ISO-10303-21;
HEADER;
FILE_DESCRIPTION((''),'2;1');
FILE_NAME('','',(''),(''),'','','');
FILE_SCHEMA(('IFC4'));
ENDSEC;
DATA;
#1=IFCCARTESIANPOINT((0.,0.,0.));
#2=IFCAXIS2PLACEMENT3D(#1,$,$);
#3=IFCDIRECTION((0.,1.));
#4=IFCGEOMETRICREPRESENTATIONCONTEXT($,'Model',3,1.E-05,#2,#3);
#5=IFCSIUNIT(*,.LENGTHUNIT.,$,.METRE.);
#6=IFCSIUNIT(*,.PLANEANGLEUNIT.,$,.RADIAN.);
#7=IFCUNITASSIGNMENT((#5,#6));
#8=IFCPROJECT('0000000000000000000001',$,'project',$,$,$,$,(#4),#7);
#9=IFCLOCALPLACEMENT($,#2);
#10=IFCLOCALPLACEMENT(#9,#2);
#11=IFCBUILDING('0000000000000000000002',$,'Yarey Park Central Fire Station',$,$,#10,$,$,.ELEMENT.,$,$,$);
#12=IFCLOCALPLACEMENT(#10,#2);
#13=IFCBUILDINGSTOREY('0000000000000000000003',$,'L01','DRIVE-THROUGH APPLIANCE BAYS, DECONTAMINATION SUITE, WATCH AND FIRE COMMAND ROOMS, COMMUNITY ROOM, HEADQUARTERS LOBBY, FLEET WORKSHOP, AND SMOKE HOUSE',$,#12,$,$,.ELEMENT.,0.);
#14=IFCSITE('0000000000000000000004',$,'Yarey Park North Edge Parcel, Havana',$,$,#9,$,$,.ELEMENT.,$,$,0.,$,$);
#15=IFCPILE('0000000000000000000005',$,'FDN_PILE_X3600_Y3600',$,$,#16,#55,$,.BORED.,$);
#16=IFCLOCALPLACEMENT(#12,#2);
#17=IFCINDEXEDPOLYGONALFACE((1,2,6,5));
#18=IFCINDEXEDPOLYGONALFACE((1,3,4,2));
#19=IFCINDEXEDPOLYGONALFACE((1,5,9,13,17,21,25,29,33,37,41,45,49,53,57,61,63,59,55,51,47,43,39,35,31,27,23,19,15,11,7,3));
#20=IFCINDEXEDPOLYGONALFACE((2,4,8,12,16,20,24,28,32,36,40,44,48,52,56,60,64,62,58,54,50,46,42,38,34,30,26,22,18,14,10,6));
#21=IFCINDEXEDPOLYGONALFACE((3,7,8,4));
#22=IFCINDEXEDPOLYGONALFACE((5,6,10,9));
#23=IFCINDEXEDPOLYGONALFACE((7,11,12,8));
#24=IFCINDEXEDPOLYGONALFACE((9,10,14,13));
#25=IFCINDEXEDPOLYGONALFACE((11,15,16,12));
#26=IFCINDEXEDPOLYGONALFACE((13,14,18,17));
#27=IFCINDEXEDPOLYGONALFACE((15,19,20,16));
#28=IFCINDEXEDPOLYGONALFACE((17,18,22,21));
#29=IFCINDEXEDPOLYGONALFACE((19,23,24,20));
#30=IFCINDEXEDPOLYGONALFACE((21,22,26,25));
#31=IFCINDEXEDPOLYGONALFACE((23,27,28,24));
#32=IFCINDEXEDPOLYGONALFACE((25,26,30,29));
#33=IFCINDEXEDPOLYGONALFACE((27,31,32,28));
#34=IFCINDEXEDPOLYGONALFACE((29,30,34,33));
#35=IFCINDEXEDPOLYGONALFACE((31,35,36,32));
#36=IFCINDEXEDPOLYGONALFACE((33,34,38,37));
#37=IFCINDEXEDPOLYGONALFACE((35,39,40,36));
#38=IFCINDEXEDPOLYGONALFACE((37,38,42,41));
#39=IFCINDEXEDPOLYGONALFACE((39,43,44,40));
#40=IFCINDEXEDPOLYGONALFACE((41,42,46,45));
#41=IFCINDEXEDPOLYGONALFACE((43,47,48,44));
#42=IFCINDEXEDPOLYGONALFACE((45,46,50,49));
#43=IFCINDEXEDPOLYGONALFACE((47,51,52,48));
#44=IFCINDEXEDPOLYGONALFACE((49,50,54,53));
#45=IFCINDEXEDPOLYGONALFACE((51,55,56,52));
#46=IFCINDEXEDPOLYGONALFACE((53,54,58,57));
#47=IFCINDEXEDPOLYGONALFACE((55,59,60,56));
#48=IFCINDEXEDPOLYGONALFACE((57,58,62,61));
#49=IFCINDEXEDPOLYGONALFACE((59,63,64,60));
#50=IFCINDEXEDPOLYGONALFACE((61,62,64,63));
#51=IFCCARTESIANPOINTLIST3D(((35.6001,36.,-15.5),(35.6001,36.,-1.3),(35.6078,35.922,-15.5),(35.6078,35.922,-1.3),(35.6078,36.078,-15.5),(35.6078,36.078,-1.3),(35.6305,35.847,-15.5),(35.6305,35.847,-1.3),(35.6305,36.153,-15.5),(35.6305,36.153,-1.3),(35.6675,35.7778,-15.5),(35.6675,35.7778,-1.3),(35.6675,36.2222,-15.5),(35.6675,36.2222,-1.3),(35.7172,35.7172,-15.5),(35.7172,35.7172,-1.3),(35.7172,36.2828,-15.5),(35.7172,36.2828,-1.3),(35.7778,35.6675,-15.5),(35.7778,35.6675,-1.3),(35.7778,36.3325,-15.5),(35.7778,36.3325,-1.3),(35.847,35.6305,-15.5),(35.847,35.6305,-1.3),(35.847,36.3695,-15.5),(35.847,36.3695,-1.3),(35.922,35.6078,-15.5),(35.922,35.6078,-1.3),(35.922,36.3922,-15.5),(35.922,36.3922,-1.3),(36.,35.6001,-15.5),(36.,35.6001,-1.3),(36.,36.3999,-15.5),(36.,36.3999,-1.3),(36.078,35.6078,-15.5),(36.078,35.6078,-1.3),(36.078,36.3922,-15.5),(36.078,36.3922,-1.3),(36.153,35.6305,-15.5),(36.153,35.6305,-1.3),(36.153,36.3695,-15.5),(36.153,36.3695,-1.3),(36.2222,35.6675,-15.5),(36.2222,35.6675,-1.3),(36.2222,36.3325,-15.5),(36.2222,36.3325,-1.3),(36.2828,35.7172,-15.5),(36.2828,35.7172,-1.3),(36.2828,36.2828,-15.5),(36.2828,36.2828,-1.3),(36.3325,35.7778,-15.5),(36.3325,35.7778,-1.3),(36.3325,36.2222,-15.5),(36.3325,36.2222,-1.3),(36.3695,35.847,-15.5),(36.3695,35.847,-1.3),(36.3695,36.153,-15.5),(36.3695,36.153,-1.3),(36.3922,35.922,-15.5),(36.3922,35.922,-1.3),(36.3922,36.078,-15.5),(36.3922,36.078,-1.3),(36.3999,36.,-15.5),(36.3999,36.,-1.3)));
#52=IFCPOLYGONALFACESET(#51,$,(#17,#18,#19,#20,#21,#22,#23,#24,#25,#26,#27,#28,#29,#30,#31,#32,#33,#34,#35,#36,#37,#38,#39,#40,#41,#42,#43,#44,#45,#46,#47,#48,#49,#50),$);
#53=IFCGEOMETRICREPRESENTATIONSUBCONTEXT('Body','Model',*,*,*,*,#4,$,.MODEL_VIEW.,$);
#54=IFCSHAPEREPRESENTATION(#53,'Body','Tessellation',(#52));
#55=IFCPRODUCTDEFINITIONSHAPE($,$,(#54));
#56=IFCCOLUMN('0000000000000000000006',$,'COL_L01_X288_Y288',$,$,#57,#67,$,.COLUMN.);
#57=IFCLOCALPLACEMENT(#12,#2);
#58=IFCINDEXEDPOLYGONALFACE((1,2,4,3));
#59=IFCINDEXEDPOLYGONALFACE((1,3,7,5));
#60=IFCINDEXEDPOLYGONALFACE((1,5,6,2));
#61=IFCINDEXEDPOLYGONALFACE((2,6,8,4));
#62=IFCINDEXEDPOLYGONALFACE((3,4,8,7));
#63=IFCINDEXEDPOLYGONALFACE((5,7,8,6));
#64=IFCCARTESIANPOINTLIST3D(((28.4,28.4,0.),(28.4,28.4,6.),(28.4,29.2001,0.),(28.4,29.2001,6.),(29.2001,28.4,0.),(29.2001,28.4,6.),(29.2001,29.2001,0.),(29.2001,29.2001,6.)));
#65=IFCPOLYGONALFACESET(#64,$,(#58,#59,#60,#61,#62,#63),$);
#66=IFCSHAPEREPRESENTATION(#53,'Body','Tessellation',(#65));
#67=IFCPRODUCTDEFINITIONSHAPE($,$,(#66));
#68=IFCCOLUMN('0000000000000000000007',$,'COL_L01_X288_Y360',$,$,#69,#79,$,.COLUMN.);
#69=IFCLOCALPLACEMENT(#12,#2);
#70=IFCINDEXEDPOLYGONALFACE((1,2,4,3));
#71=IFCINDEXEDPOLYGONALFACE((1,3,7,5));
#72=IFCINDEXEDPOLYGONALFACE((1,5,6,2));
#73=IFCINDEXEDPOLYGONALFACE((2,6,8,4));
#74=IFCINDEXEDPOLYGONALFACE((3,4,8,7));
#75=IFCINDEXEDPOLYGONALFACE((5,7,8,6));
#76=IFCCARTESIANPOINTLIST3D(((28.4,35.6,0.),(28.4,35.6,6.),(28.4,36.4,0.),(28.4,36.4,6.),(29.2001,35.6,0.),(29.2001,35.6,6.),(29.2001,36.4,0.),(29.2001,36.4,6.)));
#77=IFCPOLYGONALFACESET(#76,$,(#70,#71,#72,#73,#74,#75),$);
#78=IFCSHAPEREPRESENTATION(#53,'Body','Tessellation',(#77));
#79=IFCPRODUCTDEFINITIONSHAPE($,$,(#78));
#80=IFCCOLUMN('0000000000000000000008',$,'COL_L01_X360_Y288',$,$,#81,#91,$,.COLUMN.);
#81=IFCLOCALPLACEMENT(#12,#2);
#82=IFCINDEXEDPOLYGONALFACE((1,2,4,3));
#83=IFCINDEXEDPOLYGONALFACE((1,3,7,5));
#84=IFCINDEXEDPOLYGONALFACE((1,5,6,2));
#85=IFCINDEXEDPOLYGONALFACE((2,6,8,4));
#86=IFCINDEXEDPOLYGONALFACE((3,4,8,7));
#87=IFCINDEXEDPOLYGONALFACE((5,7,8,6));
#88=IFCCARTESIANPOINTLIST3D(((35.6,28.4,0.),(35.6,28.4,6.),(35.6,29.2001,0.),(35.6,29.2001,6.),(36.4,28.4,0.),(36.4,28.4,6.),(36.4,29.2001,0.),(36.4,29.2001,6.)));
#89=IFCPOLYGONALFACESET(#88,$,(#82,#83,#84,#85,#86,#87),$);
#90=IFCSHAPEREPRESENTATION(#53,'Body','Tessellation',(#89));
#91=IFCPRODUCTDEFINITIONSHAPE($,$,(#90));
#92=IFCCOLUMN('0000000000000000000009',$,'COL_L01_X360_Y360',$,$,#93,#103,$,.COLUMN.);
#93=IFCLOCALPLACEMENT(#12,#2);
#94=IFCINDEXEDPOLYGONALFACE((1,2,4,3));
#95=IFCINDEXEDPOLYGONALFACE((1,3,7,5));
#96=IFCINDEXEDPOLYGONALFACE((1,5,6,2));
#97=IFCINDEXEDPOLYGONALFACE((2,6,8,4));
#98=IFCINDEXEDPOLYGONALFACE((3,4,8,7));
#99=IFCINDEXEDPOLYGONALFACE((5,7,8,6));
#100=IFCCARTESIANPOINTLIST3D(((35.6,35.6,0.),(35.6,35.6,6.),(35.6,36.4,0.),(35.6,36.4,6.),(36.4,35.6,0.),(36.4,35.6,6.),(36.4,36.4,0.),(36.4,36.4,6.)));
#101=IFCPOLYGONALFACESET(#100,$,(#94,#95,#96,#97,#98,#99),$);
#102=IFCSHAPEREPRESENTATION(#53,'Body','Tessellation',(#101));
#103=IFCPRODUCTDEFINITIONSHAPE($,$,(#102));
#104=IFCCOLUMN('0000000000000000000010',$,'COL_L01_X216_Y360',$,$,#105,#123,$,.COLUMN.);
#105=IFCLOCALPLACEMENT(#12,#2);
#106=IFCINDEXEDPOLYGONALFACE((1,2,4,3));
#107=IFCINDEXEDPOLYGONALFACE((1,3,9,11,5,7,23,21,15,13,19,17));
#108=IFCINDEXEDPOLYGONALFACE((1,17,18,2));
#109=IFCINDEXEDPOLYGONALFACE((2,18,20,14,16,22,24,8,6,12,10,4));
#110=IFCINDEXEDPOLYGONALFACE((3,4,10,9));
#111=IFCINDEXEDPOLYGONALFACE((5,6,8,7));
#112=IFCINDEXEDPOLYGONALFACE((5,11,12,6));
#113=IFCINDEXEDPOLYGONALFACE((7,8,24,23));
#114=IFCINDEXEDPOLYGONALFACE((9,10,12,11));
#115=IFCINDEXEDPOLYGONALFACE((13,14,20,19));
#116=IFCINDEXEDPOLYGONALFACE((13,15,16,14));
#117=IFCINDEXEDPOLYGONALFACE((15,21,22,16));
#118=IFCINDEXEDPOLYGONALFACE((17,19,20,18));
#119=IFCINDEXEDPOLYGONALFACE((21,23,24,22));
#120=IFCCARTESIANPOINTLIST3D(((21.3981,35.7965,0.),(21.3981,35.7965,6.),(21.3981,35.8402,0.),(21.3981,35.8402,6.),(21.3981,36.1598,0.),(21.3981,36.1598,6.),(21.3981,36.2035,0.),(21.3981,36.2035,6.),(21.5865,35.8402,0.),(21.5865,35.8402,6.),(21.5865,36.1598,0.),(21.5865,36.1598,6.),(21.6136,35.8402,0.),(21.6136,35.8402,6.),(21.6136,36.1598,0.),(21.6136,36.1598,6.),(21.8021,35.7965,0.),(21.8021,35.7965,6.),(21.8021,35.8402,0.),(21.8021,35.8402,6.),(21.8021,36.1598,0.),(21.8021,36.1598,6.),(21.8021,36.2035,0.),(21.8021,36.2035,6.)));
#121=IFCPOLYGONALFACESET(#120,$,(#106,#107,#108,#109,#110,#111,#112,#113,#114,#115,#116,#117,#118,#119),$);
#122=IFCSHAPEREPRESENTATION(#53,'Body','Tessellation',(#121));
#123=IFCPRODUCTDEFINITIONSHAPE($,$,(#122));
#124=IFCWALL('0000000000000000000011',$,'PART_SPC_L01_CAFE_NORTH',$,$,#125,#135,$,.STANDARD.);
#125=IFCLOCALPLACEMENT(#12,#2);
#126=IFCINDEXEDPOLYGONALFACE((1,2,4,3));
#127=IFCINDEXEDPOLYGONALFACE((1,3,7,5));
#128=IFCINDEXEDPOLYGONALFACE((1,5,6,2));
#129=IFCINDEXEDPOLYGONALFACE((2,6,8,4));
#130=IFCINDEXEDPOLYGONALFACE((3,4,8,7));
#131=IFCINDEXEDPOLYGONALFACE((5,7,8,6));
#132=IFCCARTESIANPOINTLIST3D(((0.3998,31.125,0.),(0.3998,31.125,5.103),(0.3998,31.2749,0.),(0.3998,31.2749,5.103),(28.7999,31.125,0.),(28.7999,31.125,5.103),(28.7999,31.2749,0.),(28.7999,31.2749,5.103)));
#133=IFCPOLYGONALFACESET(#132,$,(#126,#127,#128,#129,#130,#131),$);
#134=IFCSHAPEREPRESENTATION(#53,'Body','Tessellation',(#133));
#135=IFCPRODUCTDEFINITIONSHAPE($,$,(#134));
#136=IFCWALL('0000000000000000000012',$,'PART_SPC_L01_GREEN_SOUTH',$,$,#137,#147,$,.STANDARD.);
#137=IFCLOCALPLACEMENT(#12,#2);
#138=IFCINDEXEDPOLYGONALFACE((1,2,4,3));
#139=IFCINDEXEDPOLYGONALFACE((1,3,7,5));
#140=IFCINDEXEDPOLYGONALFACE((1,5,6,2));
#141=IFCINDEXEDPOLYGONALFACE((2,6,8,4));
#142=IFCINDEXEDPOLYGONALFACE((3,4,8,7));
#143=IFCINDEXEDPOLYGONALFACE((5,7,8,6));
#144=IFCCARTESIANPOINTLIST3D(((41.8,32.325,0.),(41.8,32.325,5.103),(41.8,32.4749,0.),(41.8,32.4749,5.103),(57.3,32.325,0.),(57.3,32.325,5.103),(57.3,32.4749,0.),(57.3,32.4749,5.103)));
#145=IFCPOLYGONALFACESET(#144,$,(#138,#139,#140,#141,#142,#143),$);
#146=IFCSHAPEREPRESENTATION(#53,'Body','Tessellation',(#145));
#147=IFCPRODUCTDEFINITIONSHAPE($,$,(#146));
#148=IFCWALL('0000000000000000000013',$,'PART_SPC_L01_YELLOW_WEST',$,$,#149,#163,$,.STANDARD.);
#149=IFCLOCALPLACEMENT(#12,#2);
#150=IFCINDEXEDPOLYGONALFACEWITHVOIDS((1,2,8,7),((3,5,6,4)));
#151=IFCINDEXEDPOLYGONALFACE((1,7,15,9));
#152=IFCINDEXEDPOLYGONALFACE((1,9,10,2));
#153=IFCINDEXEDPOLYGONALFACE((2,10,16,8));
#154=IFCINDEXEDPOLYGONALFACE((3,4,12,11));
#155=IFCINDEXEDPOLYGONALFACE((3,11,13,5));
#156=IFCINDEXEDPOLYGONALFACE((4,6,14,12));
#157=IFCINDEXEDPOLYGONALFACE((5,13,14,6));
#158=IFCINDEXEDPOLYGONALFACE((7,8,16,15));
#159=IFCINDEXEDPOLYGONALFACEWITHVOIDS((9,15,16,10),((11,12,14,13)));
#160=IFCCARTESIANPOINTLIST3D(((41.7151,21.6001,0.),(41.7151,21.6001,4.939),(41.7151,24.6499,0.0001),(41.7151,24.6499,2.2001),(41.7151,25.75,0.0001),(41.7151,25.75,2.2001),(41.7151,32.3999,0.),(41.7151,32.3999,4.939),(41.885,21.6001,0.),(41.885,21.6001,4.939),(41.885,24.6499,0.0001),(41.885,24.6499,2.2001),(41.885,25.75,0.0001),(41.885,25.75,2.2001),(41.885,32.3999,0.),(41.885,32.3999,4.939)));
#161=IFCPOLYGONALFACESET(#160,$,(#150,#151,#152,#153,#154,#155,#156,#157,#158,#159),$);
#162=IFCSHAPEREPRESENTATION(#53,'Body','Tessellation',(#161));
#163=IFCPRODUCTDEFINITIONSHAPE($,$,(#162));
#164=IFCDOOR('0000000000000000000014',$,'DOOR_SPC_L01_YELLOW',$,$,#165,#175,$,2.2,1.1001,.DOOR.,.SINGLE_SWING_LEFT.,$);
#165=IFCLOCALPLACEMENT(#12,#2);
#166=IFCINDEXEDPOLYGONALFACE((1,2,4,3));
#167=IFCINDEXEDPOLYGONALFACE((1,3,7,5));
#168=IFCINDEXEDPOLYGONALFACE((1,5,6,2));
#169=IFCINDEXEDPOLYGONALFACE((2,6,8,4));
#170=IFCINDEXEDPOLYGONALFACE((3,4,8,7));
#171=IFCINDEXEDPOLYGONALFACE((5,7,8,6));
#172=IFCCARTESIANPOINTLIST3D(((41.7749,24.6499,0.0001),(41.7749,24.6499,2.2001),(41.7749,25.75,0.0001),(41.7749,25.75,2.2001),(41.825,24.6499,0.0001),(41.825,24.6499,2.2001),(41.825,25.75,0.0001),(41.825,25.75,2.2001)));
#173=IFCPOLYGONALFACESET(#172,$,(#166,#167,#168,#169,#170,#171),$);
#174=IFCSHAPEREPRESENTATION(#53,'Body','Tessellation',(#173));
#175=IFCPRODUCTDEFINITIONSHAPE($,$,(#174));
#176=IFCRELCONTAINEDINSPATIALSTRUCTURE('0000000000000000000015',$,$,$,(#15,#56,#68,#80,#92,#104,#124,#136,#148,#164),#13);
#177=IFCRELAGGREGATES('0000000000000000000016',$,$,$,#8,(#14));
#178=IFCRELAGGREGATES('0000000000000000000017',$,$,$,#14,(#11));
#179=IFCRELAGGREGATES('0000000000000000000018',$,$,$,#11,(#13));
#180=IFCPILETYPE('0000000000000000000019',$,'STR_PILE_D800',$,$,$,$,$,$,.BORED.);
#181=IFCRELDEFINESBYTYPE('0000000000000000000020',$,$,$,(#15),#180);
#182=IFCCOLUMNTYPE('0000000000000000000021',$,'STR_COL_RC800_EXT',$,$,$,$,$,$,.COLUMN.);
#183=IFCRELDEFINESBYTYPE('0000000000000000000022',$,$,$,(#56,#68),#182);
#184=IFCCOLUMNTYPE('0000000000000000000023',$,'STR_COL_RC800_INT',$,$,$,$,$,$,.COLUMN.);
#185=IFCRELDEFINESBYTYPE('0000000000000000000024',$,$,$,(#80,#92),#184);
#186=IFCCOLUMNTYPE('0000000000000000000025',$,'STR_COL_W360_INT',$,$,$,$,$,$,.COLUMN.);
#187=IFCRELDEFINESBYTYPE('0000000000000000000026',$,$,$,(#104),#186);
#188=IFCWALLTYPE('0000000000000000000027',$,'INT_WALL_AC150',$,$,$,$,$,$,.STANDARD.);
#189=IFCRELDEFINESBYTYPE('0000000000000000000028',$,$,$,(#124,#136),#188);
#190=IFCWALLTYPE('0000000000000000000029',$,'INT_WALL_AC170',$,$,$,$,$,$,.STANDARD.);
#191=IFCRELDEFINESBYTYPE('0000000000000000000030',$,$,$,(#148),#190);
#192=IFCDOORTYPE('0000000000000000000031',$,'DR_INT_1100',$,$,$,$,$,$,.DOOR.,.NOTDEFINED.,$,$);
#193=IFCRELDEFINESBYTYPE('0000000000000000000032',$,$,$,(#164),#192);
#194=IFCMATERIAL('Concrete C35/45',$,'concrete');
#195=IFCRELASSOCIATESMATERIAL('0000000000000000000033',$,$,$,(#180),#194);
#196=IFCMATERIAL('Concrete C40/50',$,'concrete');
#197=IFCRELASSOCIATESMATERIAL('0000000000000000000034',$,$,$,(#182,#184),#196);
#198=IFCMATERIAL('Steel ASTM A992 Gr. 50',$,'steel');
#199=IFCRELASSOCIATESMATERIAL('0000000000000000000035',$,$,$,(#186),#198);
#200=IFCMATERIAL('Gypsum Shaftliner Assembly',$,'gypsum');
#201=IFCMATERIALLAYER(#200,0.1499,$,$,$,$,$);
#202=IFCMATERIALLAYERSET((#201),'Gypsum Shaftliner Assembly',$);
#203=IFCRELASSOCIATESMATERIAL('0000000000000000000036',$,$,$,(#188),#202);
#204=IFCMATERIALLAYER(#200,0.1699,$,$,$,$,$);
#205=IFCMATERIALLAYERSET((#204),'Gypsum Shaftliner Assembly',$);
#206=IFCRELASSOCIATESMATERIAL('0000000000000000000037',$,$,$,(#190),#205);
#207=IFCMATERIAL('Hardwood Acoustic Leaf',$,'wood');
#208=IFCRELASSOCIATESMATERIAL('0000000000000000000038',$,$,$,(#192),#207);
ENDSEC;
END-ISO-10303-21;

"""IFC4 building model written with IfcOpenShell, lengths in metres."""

from ifc_helpers import new_model, si_unit, direction, frame, frame_2d, origin, origin_2d, place, context, subcontext, project, spatial, rectangle, circle, i_section, extrude, material, layer, layer_set, material_profile, profile_set, type_object, element, fill, save


model = new_model("IFC4")

# Units and contexts
model_context = context("Model", 3, precision=1e-05, world=origin(), true_north=direction((0.0, 1.0)))
body_context = subcontext(model_context, "Body", "Model", "MODEL_VIEW")
ifc_project = project(units=[si_unit("LENGTHUNIT", "METRE"), si_unit("PLANEANGLEUNIT", "RADIAN")], contexts=[model_context])

# Site, building, storey
site_placement = place(None, origin())
site = spatial("IfcSite", under=ifc_project, at=site_placement, Name="Yarey Park North Edge Parcel, Havana", CompositionType="ELEMENT", RefElevation=0.0)
building_placement = place(site_placement, origin())
building = spatial("IfcBuilding", under=site, at=building_placement, Name="Yarey Park Central Fire Station", CompositionType="ELEMENT")
storey_placement = place(building_placement, origin())
storey = spatial("IfcBuildingStorey", under=building, at=storey_placement, Name="L01", Description="DRIVE-THROUGH APPLIANCE BAYS, DECONTAMINATION SUITE, WATCH AND FIRE COMMAND ROOMS, COMMUNITY ROOM, HEADQUARTERS LOBBY, FLEET WORKSHOP, AND SMOKE HOUSE", CompositionType="ELEMENT", Elevation=0.0)

# Shared definitions
ifc_material_1 = material(Name="Concrete C35/45", Category="concrete")

# Pile
ifc_material_profile_1 = material_profile(ifc_material_1, circle(Radius=0.3999, at=origin_2d()), Name="BORED PILE D800")
ifc_profile_set_1 = profile_set([ifc_material_profile_1], Name="Concrete C35/45")
pile_type = type_object("IfcPileType", Name="STR_PILE_D800", PredefinedType="BORED", material=ifc_profile_set_1)
for number, where, z_axis, x_axis, name in (
    (1, (36.0, 36.0, -1.3), (0.0, 0.0, -1.0), (1.0, 0.0, 0.0), "FDN_PILE_X3600_Y3600"),
):
    element("IfcPile", number, at=place(storey_placement, frame(where, z_axis=z_axis, x_axis=x_axis)), inside=storey, type_object=pile_type, Name=name, PredefinedType="BORED", context=body_context, shape_type="SweptSolid", body=[
        extrude(circle(Radius=0.3999, at=origin_2d()), origin(), (0.0, 0.0, 1.0), 14.2),
    ])

# Columns
ifc_material_2 = material(Name="Concrete C40/50", Category="concrete")
ifc_material_profile_2 = material_profile(ifc_material_2, rectangle(XDim=0.8, YDim=0.8, at=origin_2d()), Name="RC 800x800")
ifc_profile_set_2 = profile_set([ifc_material_profile_2], Name="Concrete C40/50")
column_type_1 = type_object("IfcColumnType", Name="STR_COL_RC800_EXT", PredefinedType="COLUMN", material=ifc_profile_set_2)
for number, where, z_axis, x_axis, name in (
    (2, (28.8, 28.8, 0.0), (0.0, 0.0, 1.0), (1.0, 0.0, 0.0), "COL_L01_X288_Y288"),
    (3, (28.8, 36.0, 0.0), (0.0, 0.0, 1.0), (1.0, 0.0, 0.0), "COL_L01_X288_Y360"),
):
    element("IfcColumn", number, at=place(storey_placement, frame(where, z_axis=z_axis, x_axis=x_axis)), inside=storey, type_object=column_type_1, Name=name, PredefinedType="COLUMN", context=body_context, shape_type="SweptSolid", body=[
        extrude(rectangle(XDim=0.8, YDim=0.8, at=origin_2d()), origin(), (0.0, 0.0, 1.0), 6.0),
    ])
ifc_material_profile_3 = material_profile(ifc_material_2, rectangle(XDim=0.8, YDim=0.8, at=origin_2d()), Name="RC 800x800")
ifc_profile_set_3 = profile_set([ifc_material_profile_3], Name="Concrete C40/50")
column_type_2 = type_object("IfcColumnType", Name="STR_COL_RC800_INT", PredefinedType="COLUMN", material=ifc_profile_set_3)
for number, where, z_axis, x_axis, name in (
    (4, (36.0, 28.8, 0.0), (0.0, 0.0, 1.0), (1.0, 0.0, 0.0), "COL_L01_X360_Y288"),
    (5, (36.0, 36.0, 0.0), (0.0, 0.0, 1.0), (1.0, 0.0, 0.0), "COL_L01_X360_Y360"),
):
    element("IfcColumn", number, at=place(storey_placement, frame(where, z_axis=z_axis, x_axis=x_axis)), inside=storey, type_object=column_type_2, Name=name, PredefinedType="COLUMN", context=body_context, shape_type="SweptSolid", body=[
        extrude(rectangle(XDim=0.8, YDim=0.8, at=origin_2d()), origin(), (0.0, 0.0, 1.0), 6.0),
    ])
ifc_material_3 = material(Name="Steel ASTM A992 Gr. 50", Category="steel")
ifc_material_profile_4 = material_profile(ifc_material_3, i_section(OverallWidth=0.4041, OverallDepth=0.407, WebThickness=0.0271, FlangeThickness=0.0437, at=origin_2d()), Name="W360x347")
ifc_profile_set_4 = profile_set([ifc_material_profile_4], Name="Steel ASTM A992 Gr. 50")
column_type_3 = type_object("IfcColumnType", Name="STR_COL_W360_INT", PredefinedType="COLUMN", material=ifc_profile_set_4)
column_placement = place(storey_placement, frame((21.6001, 36.0, 0.0), z_axis=(0.0, 0.0, 1.0), x_axis=(1.0, 0.0, 0.0)))
element("IfcColumn", 6, at=column_placement, inside=storey, type_object=column_type_3, Name="COL_L01_X216_Y360", PredefinedType="COLUMN", context=body_context, shape_type="SweptSolid", body=[
    extrude(i_section(OverallWidth=0.4041, OverallDepth=0.407, WebThickness=0.0271, FlangeThickness=0.0437, at=origin_2d()), origin(), (0.0, 0.0, 1.0), 6.0),
])

# Walls
ifc_material_4 = material(Name="Gypsum Shaftliner Assembly", Category="gypsum")
ifc_layer_1 = layer(ifc_material_4, 0.1499)
ifc_layer_set_1 = layer_set([ifc_layer_1], Name="Gypsum Shaftliner Assembly")
wall_type_1 = type_object("IfcWallType", Name="INT_WALL_AC150", PredefinedType="STANDARD", material=ifc_layer_set_1)
wall_1_placement = place(storey_placement, frame((28.8, 31.2, 0.0), z_axis=(0.0, 0.0, 1.0), x_axis=(-1.0, 0.0, 0.0)))
element("IfcWall", 7, at=wall_1_placement, inside=storey, type_object=wall_type_1, Name="PART_SPC_L01_CAFE_NORTH", PredefinedType="STANDARD", context=body_context, shape_type="SweptSolid", body=[
    extrude(rectangle(XDim=28.4001, YDim=0.1499, at=frame_2d((14.2002, 0.0))), origin(), (0.0, 0.0, 1.0), 5.103),
])
wall_2_placement = place(storey_placement, frame((41.8, 32.3999, 0.0), z_axis=(0.0, 0.0, 1.0), x_axis=(1.0, 0.0, 0.0)))
element("IfcWall", 8, at=wall_2_placement, inside=storey, type_object=wall_type_1, Name="PART_SPC_L01_GREEN_SOUTH", PredefinedType="STANDARD", context=body_context, shape_type="SweptSolid", body=[
    extrude(rectangle(XDim=15.5, YDim=0.1499, at=frame_2d((7.75, 0.0))), origin(), (0.0, 0.0, 1.0), 5.103),
])

# Wall, opening, door
ifc_layer_2 = layer(ifc_material_4, 0.1699)
ifc_layer_set_2 = layer_set([ifc_layer_2], Name="Gypsum Shaftliner Assembly")
wall_type_2 = type_object("IfcWallType", Name="INT_WALL_AC170", PredefinedType="STANDARD", material=ifc_layer_set_2)
wall_3_placement = place(storey_placement, frame((41.8, 32.3999, 0.0), z_axis=(0.0, 0.0, 1.0), x_axis=(0.0, -1.0, 0.0)))
wall_3 = element("IfcWall", 9, at=wall_3_placement, inside=storey, type_object=wall_type_2, Name="PART_SPC_L01_YELLOW_WEST", PredefinedType="STANDARD", context=body_context, shape_type="SweptSolid", body=[
    extrude(rectangle(XDim=10.7998, YDim=0.1699, at=frame_2d((5.3999, 0.0))), origin(), (0.0, 0.0, 1.0), 4.939),
])
opening_1_placement = place(wall_3_placement, frame((6.6499, 0.0, 0.0)))
opening_1 = element("IfcOpeningElement", 10, at=opening_1_placement, cuts=wall_3, PredefinedType="OPENING", context=body_context, shape_type="SweptSolid", body=[
    extrude(rectangle(XDim=1.1001, YDim=2.2, at=frame_2d((0.55, 1.1001))), frame((0.0, 0.095, 0.0), z_axis=(0.0, -1.0, 0.0), x_axis=(1.0, 0.0, 0.0)), (0.0, 0.0, 1.0), 0.1899),
])
ifc_material_5 = material(Name="Hardwood Acoustic Leaf", Category="wood")
door_type_1 = type_object("IfcDoorType", Name="DR_INT_1100", OperationType="NOTDEFINED", PredefinedType="DOOR", material=ifc_material_5)
door_1_placement = place(opening_1_placement, origin())
door_1 = element("IfcDoor", 11, at=door_1_placement, inside=storey, type_object=door_type_1, Name="DOOR_SPC_L01_YELLOW", OperationType="SINGLE_SWING_LEFT", OverallHeight=2.2, OverallWidth=1.1001, PredefinedType="DOOR", context=body_context, shape_type="SweptSolid", body=[
    extrude(rectangle(XDim=1.1001, YDim=2.2, at=frame_2d((0.55, 1.1001))), frame((0.0, 0.0249, 0.0), z_axis=(0.0, -1.0, 0.0), x_axis=(1.0, 0.0, 0.0)), (0.0, 0.0, 1.0), 0.05),
])
fill(opening_1, door_1)

save(model, "model.ifc")
